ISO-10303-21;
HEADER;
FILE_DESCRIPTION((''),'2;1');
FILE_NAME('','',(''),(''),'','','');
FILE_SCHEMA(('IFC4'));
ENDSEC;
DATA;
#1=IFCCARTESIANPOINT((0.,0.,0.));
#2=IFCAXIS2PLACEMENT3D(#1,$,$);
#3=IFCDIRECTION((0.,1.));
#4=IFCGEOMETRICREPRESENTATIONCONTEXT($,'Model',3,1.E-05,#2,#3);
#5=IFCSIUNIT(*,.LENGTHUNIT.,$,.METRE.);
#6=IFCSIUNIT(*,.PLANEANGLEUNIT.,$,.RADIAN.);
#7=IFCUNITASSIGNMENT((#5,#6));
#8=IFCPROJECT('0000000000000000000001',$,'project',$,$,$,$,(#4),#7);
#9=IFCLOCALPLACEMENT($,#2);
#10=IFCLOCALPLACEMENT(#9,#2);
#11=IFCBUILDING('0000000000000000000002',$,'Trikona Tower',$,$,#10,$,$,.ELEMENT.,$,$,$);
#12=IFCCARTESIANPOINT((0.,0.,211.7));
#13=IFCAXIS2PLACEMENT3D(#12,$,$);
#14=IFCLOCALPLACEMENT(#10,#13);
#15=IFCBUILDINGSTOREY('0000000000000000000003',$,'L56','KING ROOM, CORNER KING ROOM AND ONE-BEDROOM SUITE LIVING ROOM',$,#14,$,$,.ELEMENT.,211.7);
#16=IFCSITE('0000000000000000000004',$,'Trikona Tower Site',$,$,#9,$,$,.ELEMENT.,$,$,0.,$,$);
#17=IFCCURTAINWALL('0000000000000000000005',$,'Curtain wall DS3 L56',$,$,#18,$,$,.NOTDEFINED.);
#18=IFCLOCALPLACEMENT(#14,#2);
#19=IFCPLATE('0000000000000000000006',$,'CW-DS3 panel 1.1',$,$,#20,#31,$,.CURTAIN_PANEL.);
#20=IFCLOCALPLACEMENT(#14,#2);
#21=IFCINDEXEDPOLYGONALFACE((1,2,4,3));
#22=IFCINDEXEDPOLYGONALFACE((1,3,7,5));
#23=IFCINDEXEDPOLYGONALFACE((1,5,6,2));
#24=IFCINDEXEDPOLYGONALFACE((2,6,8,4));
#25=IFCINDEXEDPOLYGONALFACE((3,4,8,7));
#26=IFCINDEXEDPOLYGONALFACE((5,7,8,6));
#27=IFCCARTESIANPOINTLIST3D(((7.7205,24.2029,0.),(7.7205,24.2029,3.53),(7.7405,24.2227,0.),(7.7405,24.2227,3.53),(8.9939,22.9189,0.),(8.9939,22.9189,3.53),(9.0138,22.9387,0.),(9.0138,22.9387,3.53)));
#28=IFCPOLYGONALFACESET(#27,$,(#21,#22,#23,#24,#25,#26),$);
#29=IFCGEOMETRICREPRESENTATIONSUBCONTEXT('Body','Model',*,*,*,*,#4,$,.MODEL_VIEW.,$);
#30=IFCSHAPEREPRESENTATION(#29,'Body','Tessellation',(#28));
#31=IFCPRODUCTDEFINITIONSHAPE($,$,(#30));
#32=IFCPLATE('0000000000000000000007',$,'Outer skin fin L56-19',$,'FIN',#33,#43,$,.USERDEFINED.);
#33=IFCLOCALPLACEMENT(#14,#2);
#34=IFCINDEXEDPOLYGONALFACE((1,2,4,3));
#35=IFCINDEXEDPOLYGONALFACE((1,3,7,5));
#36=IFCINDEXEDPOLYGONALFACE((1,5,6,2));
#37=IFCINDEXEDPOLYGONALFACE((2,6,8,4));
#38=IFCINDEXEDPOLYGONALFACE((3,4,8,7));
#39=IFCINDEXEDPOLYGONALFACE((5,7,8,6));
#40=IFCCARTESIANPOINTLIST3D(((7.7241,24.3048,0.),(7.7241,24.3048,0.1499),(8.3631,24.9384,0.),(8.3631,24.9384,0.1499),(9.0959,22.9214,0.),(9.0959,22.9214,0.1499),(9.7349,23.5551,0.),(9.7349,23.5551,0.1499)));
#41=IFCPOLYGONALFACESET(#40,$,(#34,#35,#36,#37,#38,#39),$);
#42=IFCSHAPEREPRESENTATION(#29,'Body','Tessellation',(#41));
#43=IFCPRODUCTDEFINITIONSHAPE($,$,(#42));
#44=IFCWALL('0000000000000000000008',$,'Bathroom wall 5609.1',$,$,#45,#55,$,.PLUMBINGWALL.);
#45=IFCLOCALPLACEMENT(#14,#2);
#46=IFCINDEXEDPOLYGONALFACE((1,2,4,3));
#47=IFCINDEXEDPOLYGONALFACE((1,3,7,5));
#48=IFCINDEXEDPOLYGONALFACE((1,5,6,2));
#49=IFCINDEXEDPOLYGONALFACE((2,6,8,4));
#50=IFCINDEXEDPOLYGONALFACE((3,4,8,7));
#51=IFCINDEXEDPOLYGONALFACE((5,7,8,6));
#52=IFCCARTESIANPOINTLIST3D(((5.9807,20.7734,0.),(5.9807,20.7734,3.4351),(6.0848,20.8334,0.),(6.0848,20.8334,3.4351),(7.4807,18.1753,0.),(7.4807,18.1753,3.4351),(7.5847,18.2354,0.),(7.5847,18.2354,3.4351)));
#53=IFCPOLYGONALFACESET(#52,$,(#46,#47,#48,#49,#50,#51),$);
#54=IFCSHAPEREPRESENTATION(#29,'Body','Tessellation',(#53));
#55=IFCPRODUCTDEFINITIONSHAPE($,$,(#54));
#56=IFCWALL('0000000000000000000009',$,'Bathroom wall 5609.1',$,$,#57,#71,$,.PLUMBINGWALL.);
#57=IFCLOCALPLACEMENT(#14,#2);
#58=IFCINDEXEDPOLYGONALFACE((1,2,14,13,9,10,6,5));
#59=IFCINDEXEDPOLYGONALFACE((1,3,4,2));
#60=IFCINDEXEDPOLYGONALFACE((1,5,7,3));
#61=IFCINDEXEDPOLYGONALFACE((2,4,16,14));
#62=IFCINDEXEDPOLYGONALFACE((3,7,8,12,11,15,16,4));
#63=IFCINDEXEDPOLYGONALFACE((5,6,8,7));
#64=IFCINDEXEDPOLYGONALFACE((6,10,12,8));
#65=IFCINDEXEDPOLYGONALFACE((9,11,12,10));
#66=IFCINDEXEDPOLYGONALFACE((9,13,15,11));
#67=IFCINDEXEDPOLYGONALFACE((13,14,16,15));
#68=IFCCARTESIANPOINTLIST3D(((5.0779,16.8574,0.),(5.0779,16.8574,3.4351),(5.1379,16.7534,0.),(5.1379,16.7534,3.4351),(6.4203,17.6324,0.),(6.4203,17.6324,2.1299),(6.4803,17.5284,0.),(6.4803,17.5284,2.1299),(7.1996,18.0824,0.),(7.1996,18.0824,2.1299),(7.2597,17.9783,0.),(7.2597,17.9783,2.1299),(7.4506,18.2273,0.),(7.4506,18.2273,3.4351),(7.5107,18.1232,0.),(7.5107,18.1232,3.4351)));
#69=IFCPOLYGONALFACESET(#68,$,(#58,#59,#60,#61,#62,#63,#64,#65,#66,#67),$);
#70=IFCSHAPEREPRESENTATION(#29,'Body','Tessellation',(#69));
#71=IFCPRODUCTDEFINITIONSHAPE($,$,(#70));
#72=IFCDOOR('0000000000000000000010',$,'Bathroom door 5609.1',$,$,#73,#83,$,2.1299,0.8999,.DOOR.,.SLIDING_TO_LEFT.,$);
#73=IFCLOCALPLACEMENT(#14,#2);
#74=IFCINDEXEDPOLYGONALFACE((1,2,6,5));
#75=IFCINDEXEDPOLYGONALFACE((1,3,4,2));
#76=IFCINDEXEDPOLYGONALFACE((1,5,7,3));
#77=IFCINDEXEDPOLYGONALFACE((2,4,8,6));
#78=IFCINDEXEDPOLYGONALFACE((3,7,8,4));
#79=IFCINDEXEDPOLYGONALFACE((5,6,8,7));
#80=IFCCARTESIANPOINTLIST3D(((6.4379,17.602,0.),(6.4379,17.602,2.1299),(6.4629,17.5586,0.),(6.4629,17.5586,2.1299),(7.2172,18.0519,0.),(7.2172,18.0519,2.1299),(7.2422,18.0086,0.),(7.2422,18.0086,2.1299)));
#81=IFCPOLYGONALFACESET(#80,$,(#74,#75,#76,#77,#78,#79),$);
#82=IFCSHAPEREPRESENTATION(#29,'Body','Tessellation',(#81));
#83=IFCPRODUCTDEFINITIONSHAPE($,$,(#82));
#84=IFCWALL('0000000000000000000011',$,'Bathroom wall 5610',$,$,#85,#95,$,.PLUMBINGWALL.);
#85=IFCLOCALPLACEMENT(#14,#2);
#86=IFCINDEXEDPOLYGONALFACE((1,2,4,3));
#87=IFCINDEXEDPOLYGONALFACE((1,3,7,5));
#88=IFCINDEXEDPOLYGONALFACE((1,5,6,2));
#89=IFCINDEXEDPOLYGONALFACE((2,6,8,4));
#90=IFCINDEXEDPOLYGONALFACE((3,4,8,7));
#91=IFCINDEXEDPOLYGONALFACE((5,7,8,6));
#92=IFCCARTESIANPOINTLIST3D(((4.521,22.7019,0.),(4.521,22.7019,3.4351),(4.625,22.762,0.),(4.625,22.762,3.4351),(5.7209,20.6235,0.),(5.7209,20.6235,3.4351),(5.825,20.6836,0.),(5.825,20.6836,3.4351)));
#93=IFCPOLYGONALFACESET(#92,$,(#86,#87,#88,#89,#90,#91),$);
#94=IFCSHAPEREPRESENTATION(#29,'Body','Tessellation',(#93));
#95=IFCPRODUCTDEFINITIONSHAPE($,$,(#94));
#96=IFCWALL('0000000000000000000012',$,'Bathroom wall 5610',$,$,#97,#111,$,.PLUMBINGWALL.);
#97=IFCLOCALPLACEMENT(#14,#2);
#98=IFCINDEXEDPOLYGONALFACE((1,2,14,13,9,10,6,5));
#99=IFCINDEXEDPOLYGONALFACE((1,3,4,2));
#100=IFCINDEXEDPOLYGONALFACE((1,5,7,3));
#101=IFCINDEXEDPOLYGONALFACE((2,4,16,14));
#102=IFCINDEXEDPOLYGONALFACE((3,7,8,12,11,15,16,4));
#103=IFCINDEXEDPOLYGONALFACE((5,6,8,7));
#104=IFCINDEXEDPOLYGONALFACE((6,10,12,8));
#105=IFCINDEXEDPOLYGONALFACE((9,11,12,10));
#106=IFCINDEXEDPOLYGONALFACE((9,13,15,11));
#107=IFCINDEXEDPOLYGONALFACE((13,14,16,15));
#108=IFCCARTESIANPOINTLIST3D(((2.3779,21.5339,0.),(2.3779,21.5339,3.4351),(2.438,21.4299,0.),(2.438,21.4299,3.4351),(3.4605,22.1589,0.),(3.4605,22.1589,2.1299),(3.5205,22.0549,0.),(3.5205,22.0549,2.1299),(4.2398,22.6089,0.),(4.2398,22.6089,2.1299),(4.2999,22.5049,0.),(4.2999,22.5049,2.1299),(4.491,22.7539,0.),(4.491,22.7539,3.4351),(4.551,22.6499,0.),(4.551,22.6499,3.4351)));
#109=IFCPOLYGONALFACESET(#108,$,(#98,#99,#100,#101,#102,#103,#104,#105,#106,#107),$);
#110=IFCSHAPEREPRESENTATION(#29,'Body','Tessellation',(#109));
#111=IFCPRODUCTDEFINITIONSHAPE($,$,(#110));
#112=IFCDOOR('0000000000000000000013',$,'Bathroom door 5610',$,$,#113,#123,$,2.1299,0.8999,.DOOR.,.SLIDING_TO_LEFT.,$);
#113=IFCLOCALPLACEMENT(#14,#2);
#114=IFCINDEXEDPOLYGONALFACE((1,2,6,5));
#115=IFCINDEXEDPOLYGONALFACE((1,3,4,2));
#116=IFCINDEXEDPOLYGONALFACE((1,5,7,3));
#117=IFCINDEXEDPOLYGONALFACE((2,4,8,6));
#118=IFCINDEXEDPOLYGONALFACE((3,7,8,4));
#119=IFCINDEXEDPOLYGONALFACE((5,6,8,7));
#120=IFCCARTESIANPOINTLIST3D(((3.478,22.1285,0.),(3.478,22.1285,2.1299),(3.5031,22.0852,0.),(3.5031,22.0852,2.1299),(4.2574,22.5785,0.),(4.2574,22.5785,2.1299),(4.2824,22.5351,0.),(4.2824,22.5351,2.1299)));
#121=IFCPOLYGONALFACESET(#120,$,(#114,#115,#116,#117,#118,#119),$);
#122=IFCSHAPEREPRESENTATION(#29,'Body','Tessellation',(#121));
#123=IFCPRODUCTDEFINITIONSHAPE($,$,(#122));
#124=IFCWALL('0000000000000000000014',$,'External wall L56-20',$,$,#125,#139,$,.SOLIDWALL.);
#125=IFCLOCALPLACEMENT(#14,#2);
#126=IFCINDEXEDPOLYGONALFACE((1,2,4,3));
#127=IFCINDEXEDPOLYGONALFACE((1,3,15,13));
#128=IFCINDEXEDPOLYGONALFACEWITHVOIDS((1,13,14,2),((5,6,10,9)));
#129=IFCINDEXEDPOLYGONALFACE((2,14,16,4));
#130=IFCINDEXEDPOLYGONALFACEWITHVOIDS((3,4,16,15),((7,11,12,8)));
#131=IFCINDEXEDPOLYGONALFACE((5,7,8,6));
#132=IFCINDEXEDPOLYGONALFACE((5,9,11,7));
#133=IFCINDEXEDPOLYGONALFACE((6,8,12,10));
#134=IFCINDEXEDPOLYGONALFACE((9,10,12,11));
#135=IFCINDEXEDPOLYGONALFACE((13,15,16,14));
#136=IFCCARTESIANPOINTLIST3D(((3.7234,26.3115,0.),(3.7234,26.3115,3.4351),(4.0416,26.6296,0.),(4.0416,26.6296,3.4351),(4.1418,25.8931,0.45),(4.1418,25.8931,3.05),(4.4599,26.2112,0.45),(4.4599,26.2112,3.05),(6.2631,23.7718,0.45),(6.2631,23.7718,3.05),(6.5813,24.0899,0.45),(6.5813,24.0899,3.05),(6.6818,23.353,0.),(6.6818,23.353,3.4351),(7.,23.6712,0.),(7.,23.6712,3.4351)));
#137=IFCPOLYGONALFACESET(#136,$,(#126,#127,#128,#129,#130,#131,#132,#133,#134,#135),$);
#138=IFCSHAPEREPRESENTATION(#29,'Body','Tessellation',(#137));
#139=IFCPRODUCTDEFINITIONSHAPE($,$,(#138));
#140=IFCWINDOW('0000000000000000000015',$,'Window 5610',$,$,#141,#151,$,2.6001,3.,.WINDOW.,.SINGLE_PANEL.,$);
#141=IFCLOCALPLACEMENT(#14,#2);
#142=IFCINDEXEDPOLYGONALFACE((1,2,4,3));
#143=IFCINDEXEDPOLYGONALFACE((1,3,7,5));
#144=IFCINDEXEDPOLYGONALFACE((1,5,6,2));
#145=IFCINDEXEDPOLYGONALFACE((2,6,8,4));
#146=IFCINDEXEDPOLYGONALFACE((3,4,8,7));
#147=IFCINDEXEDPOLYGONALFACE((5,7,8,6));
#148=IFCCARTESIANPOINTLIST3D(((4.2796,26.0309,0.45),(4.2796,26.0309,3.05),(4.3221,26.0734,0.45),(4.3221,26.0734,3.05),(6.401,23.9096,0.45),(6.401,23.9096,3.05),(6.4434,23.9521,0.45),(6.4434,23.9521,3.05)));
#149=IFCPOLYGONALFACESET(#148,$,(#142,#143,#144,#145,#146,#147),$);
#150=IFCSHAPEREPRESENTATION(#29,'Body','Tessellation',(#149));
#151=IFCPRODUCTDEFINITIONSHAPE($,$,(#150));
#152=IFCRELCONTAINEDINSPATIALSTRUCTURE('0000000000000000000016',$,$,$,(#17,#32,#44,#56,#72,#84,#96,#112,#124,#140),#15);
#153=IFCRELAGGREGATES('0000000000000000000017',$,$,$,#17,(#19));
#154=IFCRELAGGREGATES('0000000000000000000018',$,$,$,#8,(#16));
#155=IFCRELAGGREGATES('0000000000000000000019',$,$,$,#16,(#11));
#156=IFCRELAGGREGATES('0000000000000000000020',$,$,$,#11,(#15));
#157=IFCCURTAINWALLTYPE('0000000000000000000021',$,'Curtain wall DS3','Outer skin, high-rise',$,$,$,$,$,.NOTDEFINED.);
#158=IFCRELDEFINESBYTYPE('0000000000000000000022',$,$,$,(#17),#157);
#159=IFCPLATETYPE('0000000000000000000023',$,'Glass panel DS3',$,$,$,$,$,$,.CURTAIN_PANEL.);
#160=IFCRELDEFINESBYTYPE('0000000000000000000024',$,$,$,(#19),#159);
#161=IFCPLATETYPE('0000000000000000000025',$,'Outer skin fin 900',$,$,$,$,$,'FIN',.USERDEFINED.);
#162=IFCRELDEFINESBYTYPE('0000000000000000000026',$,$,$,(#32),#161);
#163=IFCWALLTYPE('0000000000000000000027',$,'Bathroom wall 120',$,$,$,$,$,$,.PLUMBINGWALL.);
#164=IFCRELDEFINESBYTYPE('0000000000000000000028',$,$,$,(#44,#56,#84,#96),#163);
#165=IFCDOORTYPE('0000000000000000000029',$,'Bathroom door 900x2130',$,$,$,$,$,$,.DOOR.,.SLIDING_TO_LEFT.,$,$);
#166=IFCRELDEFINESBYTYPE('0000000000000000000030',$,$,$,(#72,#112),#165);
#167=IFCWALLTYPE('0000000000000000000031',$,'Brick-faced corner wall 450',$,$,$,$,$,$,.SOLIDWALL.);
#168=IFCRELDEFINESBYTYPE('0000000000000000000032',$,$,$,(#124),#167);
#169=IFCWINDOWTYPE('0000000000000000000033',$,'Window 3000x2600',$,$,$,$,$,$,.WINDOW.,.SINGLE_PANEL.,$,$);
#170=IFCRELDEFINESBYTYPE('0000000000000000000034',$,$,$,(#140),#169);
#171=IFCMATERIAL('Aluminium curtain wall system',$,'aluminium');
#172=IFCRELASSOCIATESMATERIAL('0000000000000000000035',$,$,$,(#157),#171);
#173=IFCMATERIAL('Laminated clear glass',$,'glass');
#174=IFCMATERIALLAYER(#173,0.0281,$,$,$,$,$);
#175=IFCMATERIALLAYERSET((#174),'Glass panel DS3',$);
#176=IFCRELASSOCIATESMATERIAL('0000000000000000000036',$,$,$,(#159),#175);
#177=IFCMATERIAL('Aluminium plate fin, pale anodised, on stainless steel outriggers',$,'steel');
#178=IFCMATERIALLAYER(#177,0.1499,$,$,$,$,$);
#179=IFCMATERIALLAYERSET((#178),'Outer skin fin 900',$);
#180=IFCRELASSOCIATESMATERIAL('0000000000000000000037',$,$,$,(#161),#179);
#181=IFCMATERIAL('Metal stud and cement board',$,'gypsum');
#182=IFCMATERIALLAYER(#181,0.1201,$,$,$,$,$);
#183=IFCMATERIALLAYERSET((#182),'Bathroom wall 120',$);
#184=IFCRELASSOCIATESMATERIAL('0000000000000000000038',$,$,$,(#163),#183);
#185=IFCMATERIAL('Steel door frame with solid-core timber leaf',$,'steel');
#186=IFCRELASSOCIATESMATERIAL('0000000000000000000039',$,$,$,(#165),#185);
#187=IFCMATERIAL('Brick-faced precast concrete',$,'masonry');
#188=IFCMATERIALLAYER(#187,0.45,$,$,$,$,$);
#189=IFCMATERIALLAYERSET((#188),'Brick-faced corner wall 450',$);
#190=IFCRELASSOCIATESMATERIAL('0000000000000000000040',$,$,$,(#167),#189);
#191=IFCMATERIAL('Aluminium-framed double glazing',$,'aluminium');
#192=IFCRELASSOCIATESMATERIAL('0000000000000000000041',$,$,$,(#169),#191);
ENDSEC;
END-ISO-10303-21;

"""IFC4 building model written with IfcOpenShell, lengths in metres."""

from ifc_helpers import new_model, si_unit, direction, frame, frame_2d, origin, origin_2d, place, context, subcontext, project, spatial, rectangle, extrude, material, layer, layer_set, type_object, element, fill, aggregate, save


model = new_model("IFC4")

# Units and contexts
model_context = context("Model", 3, precision=1e-05, world=origin(), true_north=direction((0.0, 1.0)))
body_context = subcontext(model_context, "Body", "Model", "MODEL_VIEW")
ifc_project = project(units=[si_unit("LENGTHUNIT", "METRE"), si_unit("PLANEANGLEUNIT", "RADIAN")], contexts=[model_context])

# Site, building, storey
site_placement = place(None, origin())
site = spatial("IfcSite", under=ifc_project, at=site_placement, Name="Trikona Tower Site", CompositionType="ELEMENT", RefElevation=0.0)
building_placement = place(site_placement, origin())
building = spatial("IfcBuilding", under=site, at=building_placement, Name="Trikona Tower", CompositionType="ELEMENT")
storey_placement = place(building_placement, frame((0.0, 0.0, 211.7)))
storey = spatial("IfcBuildingStorey", under=building, at=storey_placement, Name="L56", Description="KING ROOM, CORNER KING ROOM AND ONE-BEDROOM SUITE LIVING ROOM", CompositionType="ELEMENT", Elevation=211.7)

# Curtain wall
ifc_material_1 = material(Name="Aluminium curtain wall system", Category="aluminium")
curtain_wall_type = type_object("IfcCurtainWallType", Name="Curtain wall DS3", Description="Outer skin, high-rise", PredefinedType="NOTDEFINED", material=ifc_material_1)
curtain_wall_placement = place(storey_placement, origin())
curtain_wall = element("IfcCurtainWall", 1, at=curtain_wall_placement, inside=storey, type_object=curtain_wall_type, Name="Curtain wall DS3 L56", PredefinedType="NOTDEFINED")

# Plates
ifc_material_2 = material(Name="Laminated clear glass", Category="glass")
ifc_layer_1 = layer(ifc_material_2, 0.0281)
ifc_layer_set_1 = layer_set([ifc_layer_1], Name="Glass panel DS3")
plate_type_1 = type_object("IfcPlateType", Name="Glass panel DS3", PredefinedType="CURTAIN_PANEL", material=ifc_layer_set_1)
plate_1_placement = place(storey_placement, frame((8.3672, 23.5708, 0.0), z_axis=(0.0, 0.0, 1.0), x_axis=(-0.704149, 0.710052, 0.0)))
plate_1 = element("IfcPlate", 2, at=plate_1_placement, type_object=plate_type_1, Name="CW-DS3 panel 1.1", PredefinedType="CURTAIN_PANEL", context=body_context, shape_type="SweptSolid", body=[
    extrude(rectangle(XDim=1.8083, YDim=0.0281, at=origin_2d()), origin(), (0.0, 0.0, 1.0), 3.53),
])
aggregate(curtain_wall, [plate_1])
ifc_material_3 = material(Name="Aluminium plate fin, pale anodised, on stainless steel outriggers", Category="steel")
ifc_layer_2 = layer(ifc_material_3, 0.1499)
ifc_layer_set_2 = layer_set([ifc_layer_2], Name="Outer skin fin 900")
plate_type_2 = type_object("IfcPlateType", Name="Outer skin fin 900", ElementType="FIN", PredefinedType="USERDEFINED", material=ifc_layer_set_2)
plate_2_placement = place(storey_placement, frame((8.7295, 23.9299, 0.0), z_axis=(0.0, 0.0, 1.0), x_axis=(-0.704151, 0.71005, 0.0)))
element("IfcPlate", 3, at=plate_2_placement, inside=storey, type_object=plate_type_2, Name="Outer skin fin L56-19", ObjectType="FIN", PredefinedType="USERDEFINED", context=body_context, shape_type="SweptSolid", body=[
    extrude(rectangle(XDim=1.9482, YDim=0.8999, at=origin_2d()), origin(), (0.0, 0.0, 1.0), 0.1499),
])

# Wall
ifc_material_4 = material(Name="Metal stud and cement board", Category="gypsum")
ifc_layer_3 = layer(ifc_material_4, 0.1201)
ifc_layer_set_3 = layer_set([ifc_layer_3], Name="Bathroom wall 120")
wall_type_1 = type_object("IfcWallType", Name="Bathroom wall 120", PredefinedType="PLUMBINGWALL", material=ifc_layer_set_3)
wall_1_placement = place(storey_placement, frame((7.5327, 18.2053, 0.0), z_axis=(0.0, 0.0, 1.0), x_axis=(-0.49999, 0.866031, 0.0)))
element("IfcWall", 4, at=wall_1_placement, inside=storey, type_object=wall_type_1, Name="Bathroom wall 5609.1", PredefinedType="PLUMBINGWALL", context=body_context, shape_type="SweptSolid", body=[
    extrude(rectangle(XDim=3.0, YDim=0.1201, at=frame_2d((1.5, 0.0))), origin(), (0.0, 0.0, 1.0), 3.4351),
])

# Wall, opening, door
wall_2_placement = place(storey_placement, frame((5.1079, 16.8054, 0.0), z_axis=(0.0, 0.0, 1.0), x_axis=(0.866036, 0.499982, 0.0)))
wall_2 = element("IfcWall", 5, at=wall_2_placement, inside=storey, type_object=wall_type_1, Name="Bathroom wall 5609.1", PredefinedType="PLUMBINGWALL", context=body_context, shape_type="SweptSolid", body=[
    extrude(rectangle(XDim=2.7397, YDim=0.1201, at=frame_2d((1.3699, 0.0))), origin(), (0.0, 0.0, 1.0), 3.4351),
])
opening_1_placement = place(wall_2_placement, frame((1.55, 0.0, 0.0)))
opening_1 = element("IfcOpeningElement", 6, at=opening_1_placement, cuts=wall_2, PredefinedType="OPENING", context=body_context, shape_type="SweptSolid", body=[
    extrude(rectangle(XDim=0.8999, YDim=2.1299, at=frame_2d((0.45, 1.0649))), frame((0.0, 0.0701, 0.0), z_axis=(0.0, -1.0, 0.0), x_axis=(1.0, 0.0, 0.0)), (0.0, 0.0, 1.0), 0.1401),
])
ifc_material_5 = material(Name="Steel door frame with solid-core timber leaf", Category="steel")
door_type_1 = type_object("IfcDoorType", Name="Bathroom door 900x2130", OperationType="SLIDING_TO_LEFT", PredefinedType="DOOR", material=ifc_material_5)
door_1_placement = place(opening_1_placement, origin())
door_1 = element("IfcDoor", 7, at=door_1_placement, inside=storey, type_object=door_type_1, Name="Bathroom door 5609.1", OperationType="SLIDING_TO_LEFT", OverallHeight=2.1299, OverallWidth=0.8999, PredefinedType="DOOR", context=body_context, shape_type="SweptSolid", body=[
    extrude(rectangle(XDim=0.8999, YDim=2.1299, at=frame_2d((0.45, 1.0649))), frame((0.0, 0.0249, 0.0), z_axis=(0.0, -1.0, 0.0), x_axis=(1.0, 0.0, 0.0)), (0.0, 0.0, 1.0), 0.05),
])
fill(opening_1, door_1)

# Wall
wall_3_placement = place(storey_placement, frame((5.7729, 20.6536, 0.0), z_axis=(0.0, 0.0, 1.0), x_axis=(-0.500001, 0.866025, 0.0)))
element("IfcWall", 8, at=wall_3_placement, inside=storey, type_object=wall_type_1, Name="Bathroom wall 5610", PredefinedType="PLUMBINGWALL", context=body_context, shape_type="SweptSolid", body=[
    extrude(rectangle(XDim=2.3999, YDim=0.1201, at=frame_2d((1.2, 0.0))), origin(), (0.0, 0.0, 1.0), 3.4351),
])

# Wall, opening, door
wall_4_placement = place(storey_placement, frame((2.408, 21.4819, 0.0), z_axis=(0.0, 0.0, 1.0), x_axis=(0.866024, 0.500003, 0.0)))
wall_4 = element("IfcWall", 9, at=wall_4_placement, inside=storey, type_object=wall_type_1, Name="Bathroom wall 5610", PredefinedType="PLUMBINGWALL", context=body_context, shape_type="SweptSolid", body=[
    extrude(rectangle(XDim=2.4399, YDim=0.1201, at=frame_2d((1.22, 0.0))), origin(), (0.0, 0.0, 1.0), 3.4351),
])
opening_2_placement = place(wall_4_placement, frame((1.25, 0.0, 0.0)))
opening_2 = element("IfcOpeningElement", 10, at=opening_2_placement, cuts=wall_4, PredefinedType="OPENING", context=body_context, shape_type="SweptSolid", body=[
    extrude(rectangle(XDim=0.8999, YDim=2.1299, at=frame_2d((0.45, 1.0649))), frame((0.0, 0.0701, 0.0), z_axis=(0.0, -1.0, 0.0), x_axis=(1.0, 0.0, 0.0)), (0.0, 0.0, 1.0), 0.1401),
])
door_2_placement = place(opening_2_placement, origin())
door_2 = element("IfcDoor", 11, at=door_2_placement, inside=storey, type_object=door_type_1, Name="Bathroom door 5610", OperationType="SLIDING_TO_LEFT", OverallHeight=2.1299, OverallWidth=0.8999, PredefinedType="DOOR", context=body_context, shape_type="SweptSolid", body=[
    extrude(rectangle(XDim=0.8999, YDim=2.1299, at=frame_2d((0.45, 1.0649))), frame((0.0, 0.0249, 0.0), z_axis=(0.0, -1.0, 0.0), x_axis=(1.0, 0.0, 0.0)), (0.0, 0.0, 1.0), 0.05),
])
fill(opening_2, door_2)

# Wall, opening, window
ifc_material_6 = material(Name="Brick-faced precast concrete", Category="masonry")
ifc_layer_4 = layer(ifc_material_6, 0.45)
ifc_layer_set_4 = layer_set([ifc_layer_4], Name="Brick-faced corner wall 450")
wall_type_2 = type_object("IfcWallType", Name="Brick-faced corner wall 450", PredefinedType="SOLIDWALL", material=ifc_layer_set_4)
wall_5_placement = place(storey_placement, frame((6.8408, 23.5122, 0.0), z_axis=(0.0, 0.0, 1.0), x_axis=(-0.707107, 0.707107, 0.0)))
wall_5 = element("IfcWall", 12, at=wall_5_placement, inside=storey, type_object=wall_type_2, Name="External wall L56-20", PredefinedType="SOLIDWALL", context=body_context, shape_type="SweptSolid", body=[
    extrude(rectangle(XDim=4.1838, YDim=0.45, at=frame_2d((2.0918, 0.0))), origin(), (0.0, 0.0, 1.0), 3.4351),
])
opening_3_placement = place(wall_5_placement, frame((0.592, 0.0, 0.45)))
opening_3 = element("IfcOpeningElement", 13, at=opening_3_placement, cuts=wall_5, PredefinedType="OPENING", context=body_context, shape_type="SweptSolid", body=[
    extrude(rectangle(XDim=3.0, YDim=2.6001, at=frame_2d((1.5, 1.3))), frame((0.0, 0.2349, 0.0), z_axis=(0.0, -1.0, 0.0), x_axis=(1.0, 0.0, 0.0)), (0.0, 0.0, 1.0), 0.47),
])
ifc_material_7 = material(Name="Aluminium-framed double glazing", Category="aluminium")
window_type_1 = type_object("IfcWindowType", Name="Window 3000x2600", PartitioningType="SINGLE_PANEL", PredefinedType="WINDOW", material=ifc_material_7)
window_1_placement = place(opening_3_placement, origin())
window_1 = element("IfcWindow", 14, at=window_1_placement, inside=storey, type_object=window_type_1, Name="Window 5610", OverallHeight=2.6001, OverallWidth=3.0, PartitioningType="SINGLE_PANEL", PredefinedType="WINDOW", context=body_context, shape_type="SweptSolid", body=[
    extrude(rectangle(XDim=3.0, YDim=2.6001, at=frame_2d((1.5, 1.3))), frame((0.0, 0.03, 0.0), z_axis=(0.0, -1.0, 0.0), x_axis=(1.0, 0.0, 0.0)), (0.0, 0.0, 1.0), 0.0601),
])
fill(opening_3, window_1)

save(model, "model.ifc")
